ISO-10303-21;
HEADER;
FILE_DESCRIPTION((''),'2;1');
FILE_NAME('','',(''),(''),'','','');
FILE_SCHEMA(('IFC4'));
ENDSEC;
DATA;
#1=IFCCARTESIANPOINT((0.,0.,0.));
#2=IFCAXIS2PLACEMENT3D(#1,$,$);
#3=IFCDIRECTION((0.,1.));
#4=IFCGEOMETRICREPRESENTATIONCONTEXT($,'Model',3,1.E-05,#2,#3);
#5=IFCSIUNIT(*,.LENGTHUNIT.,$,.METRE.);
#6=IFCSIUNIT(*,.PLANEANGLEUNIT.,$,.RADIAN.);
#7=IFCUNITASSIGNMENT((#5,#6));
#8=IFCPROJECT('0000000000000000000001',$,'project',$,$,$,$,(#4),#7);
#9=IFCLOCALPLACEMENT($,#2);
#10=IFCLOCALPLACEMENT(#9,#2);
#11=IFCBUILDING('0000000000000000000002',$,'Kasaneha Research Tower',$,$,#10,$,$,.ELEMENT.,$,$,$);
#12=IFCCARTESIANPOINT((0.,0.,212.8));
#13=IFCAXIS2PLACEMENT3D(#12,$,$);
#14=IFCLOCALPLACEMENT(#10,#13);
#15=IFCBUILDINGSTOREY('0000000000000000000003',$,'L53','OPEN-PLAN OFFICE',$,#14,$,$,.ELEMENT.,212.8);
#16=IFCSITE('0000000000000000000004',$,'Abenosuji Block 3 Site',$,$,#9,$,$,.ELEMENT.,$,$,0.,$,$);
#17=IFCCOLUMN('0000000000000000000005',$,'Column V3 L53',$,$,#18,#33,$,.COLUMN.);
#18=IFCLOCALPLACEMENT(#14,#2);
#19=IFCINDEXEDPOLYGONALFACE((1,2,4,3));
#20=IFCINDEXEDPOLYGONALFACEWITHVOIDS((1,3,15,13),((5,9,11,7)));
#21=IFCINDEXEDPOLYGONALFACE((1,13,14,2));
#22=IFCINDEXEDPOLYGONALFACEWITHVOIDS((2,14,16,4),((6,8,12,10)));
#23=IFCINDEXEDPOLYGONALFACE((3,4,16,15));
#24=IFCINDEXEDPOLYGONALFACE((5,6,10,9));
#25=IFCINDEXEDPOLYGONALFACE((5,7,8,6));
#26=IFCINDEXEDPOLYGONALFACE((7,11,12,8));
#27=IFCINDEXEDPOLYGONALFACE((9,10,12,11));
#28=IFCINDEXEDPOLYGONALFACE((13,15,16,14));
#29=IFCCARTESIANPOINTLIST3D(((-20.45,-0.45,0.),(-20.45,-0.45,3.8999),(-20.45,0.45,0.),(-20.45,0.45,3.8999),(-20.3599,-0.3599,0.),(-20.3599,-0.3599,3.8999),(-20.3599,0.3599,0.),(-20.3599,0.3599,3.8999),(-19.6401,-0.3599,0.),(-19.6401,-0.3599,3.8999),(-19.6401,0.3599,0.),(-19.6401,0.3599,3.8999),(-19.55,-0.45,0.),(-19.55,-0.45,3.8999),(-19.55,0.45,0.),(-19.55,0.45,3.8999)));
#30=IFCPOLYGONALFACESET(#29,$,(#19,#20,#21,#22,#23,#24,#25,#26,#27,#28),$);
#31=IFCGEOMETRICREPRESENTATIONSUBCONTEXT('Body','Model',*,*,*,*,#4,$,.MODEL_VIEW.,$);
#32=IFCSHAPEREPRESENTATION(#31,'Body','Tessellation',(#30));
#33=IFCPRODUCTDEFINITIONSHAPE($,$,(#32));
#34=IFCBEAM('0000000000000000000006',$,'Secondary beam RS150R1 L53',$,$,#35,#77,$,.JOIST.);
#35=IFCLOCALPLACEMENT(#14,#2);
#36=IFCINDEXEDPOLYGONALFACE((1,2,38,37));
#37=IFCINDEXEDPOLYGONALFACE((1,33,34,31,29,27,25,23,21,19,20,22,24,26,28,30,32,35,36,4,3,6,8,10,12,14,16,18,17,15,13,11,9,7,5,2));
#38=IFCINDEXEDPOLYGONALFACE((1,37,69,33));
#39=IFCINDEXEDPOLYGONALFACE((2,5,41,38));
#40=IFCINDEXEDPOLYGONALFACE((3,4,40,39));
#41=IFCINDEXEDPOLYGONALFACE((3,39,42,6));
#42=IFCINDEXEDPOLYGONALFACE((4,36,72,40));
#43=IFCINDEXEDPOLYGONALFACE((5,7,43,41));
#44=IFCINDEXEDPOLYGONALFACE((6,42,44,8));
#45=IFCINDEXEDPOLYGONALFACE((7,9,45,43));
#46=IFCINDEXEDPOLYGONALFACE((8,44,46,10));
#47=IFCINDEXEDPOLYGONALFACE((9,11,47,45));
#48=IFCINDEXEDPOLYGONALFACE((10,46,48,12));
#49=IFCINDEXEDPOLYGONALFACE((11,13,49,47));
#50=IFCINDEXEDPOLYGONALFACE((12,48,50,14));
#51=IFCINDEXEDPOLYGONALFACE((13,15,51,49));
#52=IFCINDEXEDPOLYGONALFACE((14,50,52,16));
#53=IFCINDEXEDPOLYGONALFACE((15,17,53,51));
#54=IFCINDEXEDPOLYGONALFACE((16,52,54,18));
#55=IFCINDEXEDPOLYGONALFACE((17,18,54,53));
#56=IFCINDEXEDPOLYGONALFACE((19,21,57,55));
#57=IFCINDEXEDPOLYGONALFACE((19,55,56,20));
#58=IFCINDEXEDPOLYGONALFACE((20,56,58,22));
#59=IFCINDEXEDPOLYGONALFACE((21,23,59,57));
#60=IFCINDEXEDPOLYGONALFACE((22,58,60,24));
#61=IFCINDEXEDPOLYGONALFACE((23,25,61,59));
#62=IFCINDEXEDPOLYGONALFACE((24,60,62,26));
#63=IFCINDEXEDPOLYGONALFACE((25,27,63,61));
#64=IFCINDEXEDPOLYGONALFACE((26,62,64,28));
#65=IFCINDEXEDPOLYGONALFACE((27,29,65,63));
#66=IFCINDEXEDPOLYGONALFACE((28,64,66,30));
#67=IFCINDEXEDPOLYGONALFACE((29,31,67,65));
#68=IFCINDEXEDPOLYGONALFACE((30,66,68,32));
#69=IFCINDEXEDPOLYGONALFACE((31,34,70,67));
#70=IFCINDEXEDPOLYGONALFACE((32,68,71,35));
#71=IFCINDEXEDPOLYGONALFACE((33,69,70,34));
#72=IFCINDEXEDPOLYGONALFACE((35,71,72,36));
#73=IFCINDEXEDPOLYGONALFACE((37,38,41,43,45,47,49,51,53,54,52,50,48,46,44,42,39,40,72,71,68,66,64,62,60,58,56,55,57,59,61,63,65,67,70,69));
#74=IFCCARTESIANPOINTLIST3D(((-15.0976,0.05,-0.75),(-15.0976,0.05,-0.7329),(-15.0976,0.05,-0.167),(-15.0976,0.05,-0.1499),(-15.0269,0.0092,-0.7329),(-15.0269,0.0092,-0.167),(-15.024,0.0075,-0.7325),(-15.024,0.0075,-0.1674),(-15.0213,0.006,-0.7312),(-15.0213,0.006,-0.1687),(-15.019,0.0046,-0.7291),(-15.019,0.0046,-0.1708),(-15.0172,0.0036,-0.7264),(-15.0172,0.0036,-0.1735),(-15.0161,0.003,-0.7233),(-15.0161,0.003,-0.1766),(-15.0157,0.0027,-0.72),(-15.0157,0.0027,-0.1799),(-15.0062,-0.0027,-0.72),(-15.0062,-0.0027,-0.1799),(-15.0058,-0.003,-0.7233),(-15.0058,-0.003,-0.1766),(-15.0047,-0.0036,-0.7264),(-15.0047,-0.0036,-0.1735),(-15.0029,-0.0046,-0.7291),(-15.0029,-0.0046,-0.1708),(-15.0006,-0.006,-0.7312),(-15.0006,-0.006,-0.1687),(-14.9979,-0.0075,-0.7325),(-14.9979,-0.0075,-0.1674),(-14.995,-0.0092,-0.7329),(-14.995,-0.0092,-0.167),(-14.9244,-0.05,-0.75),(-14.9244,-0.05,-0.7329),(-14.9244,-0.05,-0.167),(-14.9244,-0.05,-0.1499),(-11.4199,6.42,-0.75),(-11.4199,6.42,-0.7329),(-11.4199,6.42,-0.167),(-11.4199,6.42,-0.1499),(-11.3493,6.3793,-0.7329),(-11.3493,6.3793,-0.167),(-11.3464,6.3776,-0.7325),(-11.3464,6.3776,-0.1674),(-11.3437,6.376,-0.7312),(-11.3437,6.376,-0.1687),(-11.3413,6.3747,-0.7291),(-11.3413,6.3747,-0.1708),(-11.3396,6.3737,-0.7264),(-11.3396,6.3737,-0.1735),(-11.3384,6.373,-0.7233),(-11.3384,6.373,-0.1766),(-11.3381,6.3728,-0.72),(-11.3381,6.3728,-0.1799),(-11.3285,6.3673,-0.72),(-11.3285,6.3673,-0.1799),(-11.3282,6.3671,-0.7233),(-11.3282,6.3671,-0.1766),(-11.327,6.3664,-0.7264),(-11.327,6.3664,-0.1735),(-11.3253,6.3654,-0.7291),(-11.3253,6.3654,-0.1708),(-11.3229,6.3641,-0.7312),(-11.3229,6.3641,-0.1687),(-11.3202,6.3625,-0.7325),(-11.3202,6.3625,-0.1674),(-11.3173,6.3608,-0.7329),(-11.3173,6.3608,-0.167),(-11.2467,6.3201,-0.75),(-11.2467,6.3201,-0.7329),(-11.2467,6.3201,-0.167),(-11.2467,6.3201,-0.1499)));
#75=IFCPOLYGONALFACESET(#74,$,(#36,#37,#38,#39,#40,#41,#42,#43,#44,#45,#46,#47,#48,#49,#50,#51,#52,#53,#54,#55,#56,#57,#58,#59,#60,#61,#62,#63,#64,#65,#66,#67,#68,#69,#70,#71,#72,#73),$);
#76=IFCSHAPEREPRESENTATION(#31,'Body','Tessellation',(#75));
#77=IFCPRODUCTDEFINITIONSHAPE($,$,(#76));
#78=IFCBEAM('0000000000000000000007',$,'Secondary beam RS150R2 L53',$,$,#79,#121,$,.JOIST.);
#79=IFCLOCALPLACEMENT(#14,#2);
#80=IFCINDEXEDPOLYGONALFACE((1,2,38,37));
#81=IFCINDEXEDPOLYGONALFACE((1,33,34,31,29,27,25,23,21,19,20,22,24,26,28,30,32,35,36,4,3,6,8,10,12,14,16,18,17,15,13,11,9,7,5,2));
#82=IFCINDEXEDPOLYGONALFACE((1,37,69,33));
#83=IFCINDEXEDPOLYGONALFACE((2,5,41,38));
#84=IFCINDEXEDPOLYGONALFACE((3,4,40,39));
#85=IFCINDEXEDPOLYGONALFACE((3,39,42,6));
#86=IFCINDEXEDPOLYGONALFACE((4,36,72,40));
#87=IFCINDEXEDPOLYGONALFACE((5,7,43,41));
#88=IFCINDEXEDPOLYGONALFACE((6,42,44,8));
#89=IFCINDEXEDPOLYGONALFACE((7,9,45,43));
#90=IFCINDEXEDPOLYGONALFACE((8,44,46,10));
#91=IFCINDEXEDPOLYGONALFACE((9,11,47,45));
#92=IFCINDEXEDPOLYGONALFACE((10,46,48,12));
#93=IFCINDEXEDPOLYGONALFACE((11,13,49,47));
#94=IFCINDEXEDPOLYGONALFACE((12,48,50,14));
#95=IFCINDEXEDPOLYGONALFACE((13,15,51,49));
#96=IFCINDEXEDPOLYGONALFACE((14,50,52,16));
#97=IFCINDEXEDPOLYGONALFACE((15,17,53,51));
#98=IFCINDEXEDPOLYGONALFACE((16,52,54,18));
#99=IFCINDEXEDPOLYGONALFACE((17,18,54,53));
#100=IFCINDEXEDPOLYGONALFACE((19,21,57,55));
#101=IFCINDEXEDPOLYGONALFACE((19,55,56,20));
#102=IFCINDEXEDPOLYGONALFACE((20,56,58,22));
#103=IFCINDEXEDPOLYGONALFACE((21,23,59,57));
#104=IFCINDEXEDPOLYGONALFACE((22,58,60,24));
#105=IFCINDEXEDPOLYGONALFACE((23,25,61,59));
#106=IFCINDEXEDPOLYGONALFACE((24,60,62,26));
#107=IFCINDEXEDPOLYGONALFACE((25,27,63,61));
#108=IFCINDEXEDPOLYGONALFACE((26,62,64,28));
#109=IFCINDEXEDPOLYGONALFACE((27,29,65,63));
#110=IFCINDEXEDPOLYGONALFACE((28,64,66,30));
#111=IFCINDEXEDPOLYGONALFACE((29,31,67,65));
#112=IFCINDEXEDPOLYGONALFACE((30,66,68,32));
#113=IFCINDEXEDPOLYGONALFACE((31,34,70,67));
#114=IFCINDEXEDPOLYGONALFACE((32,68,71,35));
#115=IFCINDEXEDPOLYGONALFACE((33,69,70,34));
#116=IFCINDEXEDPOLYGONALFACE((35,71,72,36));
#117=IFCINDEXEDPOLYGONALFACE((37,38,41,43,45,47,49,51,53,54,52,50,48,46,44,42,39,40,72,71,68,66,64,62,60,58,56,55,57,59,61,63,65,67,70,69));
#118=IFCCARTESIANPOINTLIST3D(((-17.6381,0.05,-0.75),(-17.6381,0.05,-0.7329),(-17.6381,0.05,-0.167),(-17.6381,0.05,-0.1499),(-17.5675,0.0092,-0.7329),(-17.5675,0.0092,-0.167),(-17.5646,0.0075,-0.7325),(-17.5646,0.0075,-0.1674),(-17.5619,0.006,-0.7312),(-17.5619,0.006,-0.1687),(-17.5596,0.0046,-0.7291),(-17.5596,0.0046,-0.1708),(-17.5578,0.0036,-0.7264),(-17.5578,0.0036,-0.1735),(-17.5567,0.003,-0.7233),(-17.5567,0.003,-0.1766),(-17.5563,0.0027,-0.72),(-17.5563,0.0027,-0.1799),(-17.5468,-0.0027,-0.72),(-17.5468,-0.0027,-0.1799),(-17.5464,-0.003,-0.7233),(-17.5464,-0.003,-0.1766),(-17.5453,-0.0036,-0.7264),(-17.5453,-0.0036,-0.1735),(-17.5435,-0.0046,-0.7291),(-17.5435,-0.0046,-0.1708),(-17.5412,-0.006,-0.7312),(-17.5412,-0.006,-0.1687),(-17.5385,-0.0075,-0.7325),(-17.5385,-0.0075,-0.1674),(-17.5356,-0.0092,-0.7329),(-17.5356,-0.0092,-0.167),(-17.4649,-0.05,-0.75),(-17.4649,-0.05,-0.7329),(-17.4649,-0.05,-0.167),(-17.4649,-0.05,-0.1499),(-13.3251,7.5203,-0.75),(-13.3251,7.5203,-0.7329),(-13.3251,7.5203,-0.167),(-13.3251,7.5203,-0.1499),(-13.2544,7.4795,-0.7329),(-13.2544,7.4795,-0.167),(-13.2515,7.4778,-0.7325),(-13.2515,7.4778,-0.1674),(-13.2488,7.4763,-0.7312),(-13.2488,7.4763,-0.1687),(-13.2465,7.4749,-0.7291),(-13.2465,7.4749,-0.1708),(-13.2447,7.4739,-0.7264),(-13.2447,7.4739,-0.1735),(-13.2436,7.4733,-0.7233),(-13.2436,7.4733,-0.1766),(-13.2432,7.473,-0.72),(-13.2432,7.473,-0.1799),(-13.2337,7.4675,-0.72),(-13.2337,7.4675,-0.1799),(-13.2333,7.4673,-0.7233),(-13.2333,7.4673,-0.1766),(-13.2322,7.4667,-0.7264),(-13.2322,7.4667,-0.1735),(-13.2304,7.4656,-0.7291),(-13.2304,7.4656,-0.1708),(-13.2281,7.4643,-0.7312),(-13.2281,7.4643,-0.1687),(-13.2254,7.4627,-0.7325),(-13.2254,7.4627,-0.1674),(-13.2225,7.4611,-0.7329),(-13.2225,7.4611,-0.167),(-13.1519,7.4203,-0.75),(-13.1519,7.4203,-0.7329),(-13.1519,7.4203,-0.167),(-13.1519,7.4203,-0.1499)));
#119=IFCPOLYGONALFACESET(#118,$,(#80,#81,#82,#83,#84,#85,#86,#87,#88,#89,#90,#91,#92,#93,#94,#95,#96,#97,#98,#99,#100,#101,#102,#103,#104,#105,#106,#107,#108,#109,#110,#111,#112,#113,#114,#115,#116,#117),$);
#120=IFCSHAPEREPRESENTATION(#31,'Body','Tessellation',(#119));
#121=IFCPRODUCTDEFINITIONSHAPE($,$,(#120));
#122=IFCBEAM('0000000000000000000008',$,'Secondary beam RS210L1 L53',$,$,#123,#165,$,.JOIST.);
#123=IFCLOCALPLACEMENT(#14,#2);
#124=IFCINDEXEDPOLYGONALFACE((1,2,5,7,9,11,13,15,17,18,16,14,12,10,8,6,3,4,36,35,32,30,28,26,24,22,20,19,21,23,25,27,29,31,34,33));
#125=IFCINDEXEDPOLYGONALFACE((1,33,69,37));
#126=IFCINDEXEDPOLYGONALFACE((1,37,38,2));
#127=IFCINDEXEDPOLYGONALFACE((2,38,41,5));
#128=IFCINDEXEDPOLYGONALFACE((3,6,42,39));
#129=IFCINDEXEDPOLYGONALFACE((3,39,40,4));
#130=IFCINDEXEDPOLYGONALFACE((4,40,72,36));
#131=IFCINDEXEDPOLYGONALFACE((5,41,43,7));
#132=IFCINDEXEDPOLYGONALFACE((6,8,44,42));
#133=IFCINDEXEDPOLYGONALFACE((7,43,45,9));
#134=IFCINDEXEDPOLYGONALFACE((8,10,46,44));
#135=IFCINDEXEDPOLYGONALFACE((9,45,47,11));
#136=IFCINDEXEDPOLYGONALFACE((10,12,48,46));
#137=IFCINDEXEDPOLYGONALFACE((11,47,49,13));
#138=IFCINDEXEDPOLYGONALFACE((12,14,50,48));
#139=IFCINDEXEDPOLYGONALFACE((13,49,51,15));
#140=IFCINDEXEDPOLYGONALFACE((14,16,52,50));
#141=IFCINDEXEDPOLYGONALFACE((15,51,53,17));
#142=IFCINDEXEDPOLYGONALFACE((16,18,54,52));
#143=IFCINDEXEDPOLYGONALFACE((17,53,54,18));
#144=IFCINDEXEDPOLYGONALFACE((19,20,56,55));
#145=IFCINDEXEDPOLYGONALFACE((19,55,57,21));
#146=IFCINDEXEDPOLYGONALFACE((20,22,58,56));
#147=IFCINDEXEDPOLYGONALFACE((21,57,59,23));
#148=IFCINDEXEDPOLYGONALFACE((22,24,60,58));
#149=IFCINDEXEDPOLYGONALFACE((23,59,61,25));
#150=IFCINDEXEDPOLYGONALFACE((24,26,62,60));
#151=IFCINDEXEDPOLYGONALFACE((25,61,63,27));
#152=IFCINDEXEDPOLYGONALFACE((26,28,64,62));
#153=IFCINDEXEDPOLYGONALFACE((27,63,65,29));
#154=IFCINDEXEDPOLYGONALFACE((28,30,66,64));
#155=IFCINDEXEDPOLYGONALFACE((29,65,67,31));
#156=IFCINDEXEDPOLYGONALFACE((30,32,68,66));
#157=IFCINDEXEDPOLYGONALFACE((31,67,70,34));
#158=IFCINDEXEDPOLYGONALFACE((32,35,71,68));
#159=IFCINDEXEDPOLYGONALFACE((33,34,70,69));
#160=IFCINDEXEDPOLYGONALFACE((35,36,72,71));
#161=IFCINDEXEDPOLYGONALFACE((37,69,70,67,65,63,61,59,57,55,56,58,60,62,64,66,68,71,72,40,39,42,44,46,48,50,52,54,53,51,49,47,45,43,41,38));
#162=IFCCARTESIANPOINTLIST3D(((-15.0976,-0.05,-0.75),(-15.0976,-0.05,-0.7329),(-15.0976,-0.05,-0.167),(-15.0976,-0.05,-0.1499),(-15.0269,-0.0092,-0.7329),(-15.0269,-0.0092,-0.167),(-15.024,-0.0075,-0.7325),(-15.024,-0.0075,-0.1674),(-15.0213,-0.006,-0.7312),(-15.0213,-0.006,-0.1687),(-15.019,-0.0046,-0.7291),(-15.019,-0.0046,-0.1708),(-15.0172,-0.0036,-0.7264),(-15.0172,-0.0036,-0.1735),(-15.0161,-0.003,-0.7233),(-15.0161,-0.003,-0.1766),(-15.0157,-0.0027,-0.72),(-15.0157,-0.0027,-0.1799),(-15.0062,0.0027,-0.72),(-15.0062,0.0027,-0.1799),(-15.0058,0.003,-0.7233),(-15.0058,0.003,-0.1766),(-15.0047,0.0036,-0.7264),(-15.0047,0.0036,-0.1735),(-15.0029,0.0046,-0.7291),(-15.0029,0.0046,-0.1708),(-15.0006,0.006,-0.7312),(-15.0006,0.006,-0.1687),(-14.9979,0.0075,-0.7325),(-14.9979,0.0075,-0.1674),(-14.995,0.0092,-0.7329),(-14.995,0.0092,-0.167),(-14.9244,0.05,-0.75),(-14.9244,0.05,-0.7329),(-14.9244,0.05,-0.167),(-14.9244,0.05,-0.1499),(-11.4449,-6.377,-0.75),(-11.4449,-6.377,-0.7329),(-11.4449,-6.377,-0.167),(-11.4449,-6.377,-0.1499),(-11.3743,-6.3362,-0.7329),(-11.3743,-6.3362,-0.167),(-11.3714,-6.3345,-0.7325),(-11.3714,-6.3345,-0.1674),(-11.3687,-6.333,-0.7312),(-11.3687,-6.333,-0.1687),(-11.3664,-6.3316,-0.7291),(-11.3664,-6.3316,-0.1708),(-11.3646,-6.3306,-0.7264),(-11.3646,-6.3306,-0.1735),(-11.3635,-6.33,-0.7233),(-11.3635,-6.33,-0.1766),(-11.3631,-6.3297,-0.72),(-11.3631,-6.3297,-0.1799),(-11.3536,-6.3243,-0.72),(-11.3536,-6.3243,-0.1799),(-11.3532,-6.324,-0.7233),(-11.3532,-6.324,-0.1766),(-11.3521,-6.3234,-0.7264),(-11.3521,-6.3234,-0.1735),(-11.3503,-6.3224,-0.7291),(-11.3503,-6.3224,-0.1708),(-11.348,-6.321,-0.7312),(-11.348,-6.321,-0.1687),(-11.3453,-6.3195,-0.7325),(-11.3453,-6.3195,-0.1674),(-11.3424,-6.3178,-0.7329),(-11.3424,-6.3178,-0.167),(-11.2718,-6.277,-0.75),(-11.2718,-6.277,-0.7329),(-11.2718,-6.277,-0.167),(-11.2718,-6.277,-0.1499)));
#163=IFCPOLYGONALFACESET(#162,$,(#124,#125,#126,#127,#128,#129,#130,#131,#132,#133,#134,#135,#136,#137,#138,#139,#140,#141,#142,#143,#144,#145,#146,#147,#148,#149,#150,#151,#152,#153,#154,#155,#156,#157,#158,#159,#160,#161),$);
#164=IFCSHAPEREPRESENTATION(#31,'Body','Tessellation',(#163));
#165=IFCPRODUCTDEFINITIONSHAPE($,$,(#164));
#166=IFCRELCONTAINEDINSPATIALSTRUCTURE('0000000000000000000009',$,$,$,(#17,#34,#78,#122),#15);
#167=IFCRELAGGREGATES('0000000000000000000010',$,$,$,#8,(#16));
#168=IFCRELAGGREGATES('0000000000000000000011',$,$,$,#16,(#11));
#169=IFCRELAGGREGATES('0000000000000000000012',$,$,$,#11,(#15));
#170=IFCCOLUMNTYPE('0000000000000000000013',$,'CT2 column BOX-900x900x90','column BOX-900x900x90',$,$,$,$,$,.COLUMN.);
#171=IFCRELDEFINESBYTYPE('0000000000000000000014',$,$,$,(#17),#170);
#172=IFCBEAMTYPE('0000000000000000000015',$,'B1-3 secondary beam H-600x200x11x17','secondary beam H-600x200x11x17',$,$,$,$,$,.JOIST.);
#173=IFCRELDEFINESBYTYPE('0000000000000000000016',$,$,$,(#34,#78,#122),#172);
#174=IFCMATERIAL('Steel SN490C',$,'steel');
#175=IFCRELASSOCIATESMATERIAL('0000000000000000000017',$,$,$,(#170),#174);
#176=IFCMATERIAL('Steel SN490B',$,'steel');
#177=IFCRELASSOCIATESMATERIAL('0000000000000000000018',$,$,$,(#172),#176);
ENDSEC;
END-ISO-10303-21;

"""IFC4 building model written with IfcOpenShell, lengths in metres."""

from ifc_helpers import new_model, si_unit, direction, frame, origin, origin_2d, place, context, subcontext, project, spatial, hollow_rectangle, i_section, extrude, material, material_profile, profile_set, type_object, element, save


model = new_model("IFC4")

# Units and contexts
model_context = context("Model", 3, precision=1e-05, world=origin(), true_north=direction((0.0, 1.0)))
body_context = subcontext(model_context, "Body", "Model", "MODEL_VIEW")
ifc_project = project(units=[si_unit("LENGTHUNIT", "METRE"), si_unit("PLANEANGLEUNIT", "RADIAN")], contexts=[model_context])

# Site, building, storey
site_placement = place(None, origin())
site = spatial("IfcSite", under=ifc_project, at=site_placement, Name="Abenosuji Block 3 Site", CompositionType="ELEMENT", RefElevation=0.0)
building_placement = place(site_placement, origin())
building = spatial("IfcBuilding", under=site, at=building_placement, Name="Kasaneha Research Tower", CompositionType="ELEMENT")
storey_placement = place(building_placement, frame((0.0, 0.0, 212.8)))
storey = spatial("IfcBuildingStorey", under=building, at=storey_placement, Name="L53", Description="OPEN-PLAN OFFICE", CompositionType="ELEMENT", Elevation=212.8)

# Column
ifc_material_1 = material(Name="Steel SN490C", Category="steel")
ifc_material_profile_1 = material_profile(ifc_material_1, hollow_rectangle(XDim=0.8999, YDim=0.8999, WallThickness=0.0901, at=origin_2d()), Name="BOX-900x900x90")
ifc_profile_set_1 = profile_set([ifc_material_profile_1], Name="Steel SN490C")
column_type = type_object("IfcColumnType", Name="CT2 column BOX-900x900x90", Description="column BOX-900x900x90", PredefinedType="COLUMN", material=ifc_profile_set_1)
column_placement = place(storey_placement, frame((-20.0, 0.0, 0.0), z_axis=(0.0, 0.0, 1.0), x_axis=(1.0, 0.0, 0.0)))
element("IfcColumn", 1, at=column_placement, inside=storey, type_object=column_type, Name="Column V3 L53", PredefinedType="COLUMN", context=body_context, shape_type="SweptSolid", body=[
    extrude(hollow_rectangle(XDim=0.8999, YDim=0.8999, WallThickness=0.0901, at=origin_2d()), origin(), (0.0, 0.0, 1.0), 3.8999),
])

# Beams
ifc_material_2 = material(Name="Steel SN490B", Category="steel")
ifc_material_profile_2 = material_profile(ifc_material_2, i_section(OverallWidth=0.2, OverallDepth=0.6001, WebThickness=0.011, FlangeThickness=0.0171, FilletRadius=0.0129, at=origin_2d()), Name="H-600x200x11x17")
ifc_profile_set_2 = profile_set([ifc_material_profile_2], Name="Steel SN490B")
beam_type_1 = type_object("IfcBeamType", Name="B1-3 secondary beam H-600x200x11x17", Description="secondary beam H-600x200x11x17", PredefinedType="JOIST", material=ifc_profile_set_2)
beam_1_placement = place(storey_placement, frame((-15.011, 0.0, -0.45), z_axis=(0.499994, 0.866029, 0.0), x_axis=(-0.866029, 0.499994, 0.0)))
element("IfcBeam", 2, at=beam_1_placement, inside=storey, type_object=beam_type_1, Name="Secondary beam RS150R1 L53", PredefinedType="JOIST", context=body_context, shape_type="SweptSolid", body=[
    extrude(i_section(OverallWidth=0.2, OverallDepth=0.6001, WebThickness=0.011, FlangeThickness=0.0171, FilletRadius=0.0129, at=origin_2d()), origin(), (0.0, 0.0, 1.0), 7.3555),
])
beam_2_placement = place(storey_placement, frame((-17.5515, 0.0, -0.45), z_axis=(0.500005, 0.866023, 0.0), x_axis=(-0.866023, 0.500005, 0.0)))
element("IfcBeam", 3, at=beam_2_placement, inside=storey, type_object=beam_type_1, Name="Secondary beam RS150R2 L53", PredefinedType="JOIST", context=body_context, shape_type="SweptSolid", body=[
    extrude(i_section(OverallWidth=0.2, OverallDepth=0.6001, WebThickness=0.011, FlangeThickness=0.0171, FilletRadius=0.0129, at=origin_2d()), origin(), (0.0, 0.0, 1.0), 8.626),
])
beam_3_placement = place(storey_placement, frame((-15.011, 0.0, -0.45), z_axis=(0.499974, -0.86604, 0.0), x_axis=(0.86604, 0.499974, 0.0)))
element("IfcBeam", 4, at=beam_3_placement, inside=storey, type_object=beam_type_1, Name="Secondary beam RS210L1 L53", PredefinedType="JOIST", context=body_context, shape_type="SweptSolid", body=[
    extrude(i_section(OverallWidth=0.2, OverallDepth=0.6001, WebThickness=0.011, FlangeThickness=0.0171, FilletRadius=0.0129, at=origin_2d()), origin(), (0.0, 0.0, 1.0), 7.3057),
])

save(model, "model.ifc")
